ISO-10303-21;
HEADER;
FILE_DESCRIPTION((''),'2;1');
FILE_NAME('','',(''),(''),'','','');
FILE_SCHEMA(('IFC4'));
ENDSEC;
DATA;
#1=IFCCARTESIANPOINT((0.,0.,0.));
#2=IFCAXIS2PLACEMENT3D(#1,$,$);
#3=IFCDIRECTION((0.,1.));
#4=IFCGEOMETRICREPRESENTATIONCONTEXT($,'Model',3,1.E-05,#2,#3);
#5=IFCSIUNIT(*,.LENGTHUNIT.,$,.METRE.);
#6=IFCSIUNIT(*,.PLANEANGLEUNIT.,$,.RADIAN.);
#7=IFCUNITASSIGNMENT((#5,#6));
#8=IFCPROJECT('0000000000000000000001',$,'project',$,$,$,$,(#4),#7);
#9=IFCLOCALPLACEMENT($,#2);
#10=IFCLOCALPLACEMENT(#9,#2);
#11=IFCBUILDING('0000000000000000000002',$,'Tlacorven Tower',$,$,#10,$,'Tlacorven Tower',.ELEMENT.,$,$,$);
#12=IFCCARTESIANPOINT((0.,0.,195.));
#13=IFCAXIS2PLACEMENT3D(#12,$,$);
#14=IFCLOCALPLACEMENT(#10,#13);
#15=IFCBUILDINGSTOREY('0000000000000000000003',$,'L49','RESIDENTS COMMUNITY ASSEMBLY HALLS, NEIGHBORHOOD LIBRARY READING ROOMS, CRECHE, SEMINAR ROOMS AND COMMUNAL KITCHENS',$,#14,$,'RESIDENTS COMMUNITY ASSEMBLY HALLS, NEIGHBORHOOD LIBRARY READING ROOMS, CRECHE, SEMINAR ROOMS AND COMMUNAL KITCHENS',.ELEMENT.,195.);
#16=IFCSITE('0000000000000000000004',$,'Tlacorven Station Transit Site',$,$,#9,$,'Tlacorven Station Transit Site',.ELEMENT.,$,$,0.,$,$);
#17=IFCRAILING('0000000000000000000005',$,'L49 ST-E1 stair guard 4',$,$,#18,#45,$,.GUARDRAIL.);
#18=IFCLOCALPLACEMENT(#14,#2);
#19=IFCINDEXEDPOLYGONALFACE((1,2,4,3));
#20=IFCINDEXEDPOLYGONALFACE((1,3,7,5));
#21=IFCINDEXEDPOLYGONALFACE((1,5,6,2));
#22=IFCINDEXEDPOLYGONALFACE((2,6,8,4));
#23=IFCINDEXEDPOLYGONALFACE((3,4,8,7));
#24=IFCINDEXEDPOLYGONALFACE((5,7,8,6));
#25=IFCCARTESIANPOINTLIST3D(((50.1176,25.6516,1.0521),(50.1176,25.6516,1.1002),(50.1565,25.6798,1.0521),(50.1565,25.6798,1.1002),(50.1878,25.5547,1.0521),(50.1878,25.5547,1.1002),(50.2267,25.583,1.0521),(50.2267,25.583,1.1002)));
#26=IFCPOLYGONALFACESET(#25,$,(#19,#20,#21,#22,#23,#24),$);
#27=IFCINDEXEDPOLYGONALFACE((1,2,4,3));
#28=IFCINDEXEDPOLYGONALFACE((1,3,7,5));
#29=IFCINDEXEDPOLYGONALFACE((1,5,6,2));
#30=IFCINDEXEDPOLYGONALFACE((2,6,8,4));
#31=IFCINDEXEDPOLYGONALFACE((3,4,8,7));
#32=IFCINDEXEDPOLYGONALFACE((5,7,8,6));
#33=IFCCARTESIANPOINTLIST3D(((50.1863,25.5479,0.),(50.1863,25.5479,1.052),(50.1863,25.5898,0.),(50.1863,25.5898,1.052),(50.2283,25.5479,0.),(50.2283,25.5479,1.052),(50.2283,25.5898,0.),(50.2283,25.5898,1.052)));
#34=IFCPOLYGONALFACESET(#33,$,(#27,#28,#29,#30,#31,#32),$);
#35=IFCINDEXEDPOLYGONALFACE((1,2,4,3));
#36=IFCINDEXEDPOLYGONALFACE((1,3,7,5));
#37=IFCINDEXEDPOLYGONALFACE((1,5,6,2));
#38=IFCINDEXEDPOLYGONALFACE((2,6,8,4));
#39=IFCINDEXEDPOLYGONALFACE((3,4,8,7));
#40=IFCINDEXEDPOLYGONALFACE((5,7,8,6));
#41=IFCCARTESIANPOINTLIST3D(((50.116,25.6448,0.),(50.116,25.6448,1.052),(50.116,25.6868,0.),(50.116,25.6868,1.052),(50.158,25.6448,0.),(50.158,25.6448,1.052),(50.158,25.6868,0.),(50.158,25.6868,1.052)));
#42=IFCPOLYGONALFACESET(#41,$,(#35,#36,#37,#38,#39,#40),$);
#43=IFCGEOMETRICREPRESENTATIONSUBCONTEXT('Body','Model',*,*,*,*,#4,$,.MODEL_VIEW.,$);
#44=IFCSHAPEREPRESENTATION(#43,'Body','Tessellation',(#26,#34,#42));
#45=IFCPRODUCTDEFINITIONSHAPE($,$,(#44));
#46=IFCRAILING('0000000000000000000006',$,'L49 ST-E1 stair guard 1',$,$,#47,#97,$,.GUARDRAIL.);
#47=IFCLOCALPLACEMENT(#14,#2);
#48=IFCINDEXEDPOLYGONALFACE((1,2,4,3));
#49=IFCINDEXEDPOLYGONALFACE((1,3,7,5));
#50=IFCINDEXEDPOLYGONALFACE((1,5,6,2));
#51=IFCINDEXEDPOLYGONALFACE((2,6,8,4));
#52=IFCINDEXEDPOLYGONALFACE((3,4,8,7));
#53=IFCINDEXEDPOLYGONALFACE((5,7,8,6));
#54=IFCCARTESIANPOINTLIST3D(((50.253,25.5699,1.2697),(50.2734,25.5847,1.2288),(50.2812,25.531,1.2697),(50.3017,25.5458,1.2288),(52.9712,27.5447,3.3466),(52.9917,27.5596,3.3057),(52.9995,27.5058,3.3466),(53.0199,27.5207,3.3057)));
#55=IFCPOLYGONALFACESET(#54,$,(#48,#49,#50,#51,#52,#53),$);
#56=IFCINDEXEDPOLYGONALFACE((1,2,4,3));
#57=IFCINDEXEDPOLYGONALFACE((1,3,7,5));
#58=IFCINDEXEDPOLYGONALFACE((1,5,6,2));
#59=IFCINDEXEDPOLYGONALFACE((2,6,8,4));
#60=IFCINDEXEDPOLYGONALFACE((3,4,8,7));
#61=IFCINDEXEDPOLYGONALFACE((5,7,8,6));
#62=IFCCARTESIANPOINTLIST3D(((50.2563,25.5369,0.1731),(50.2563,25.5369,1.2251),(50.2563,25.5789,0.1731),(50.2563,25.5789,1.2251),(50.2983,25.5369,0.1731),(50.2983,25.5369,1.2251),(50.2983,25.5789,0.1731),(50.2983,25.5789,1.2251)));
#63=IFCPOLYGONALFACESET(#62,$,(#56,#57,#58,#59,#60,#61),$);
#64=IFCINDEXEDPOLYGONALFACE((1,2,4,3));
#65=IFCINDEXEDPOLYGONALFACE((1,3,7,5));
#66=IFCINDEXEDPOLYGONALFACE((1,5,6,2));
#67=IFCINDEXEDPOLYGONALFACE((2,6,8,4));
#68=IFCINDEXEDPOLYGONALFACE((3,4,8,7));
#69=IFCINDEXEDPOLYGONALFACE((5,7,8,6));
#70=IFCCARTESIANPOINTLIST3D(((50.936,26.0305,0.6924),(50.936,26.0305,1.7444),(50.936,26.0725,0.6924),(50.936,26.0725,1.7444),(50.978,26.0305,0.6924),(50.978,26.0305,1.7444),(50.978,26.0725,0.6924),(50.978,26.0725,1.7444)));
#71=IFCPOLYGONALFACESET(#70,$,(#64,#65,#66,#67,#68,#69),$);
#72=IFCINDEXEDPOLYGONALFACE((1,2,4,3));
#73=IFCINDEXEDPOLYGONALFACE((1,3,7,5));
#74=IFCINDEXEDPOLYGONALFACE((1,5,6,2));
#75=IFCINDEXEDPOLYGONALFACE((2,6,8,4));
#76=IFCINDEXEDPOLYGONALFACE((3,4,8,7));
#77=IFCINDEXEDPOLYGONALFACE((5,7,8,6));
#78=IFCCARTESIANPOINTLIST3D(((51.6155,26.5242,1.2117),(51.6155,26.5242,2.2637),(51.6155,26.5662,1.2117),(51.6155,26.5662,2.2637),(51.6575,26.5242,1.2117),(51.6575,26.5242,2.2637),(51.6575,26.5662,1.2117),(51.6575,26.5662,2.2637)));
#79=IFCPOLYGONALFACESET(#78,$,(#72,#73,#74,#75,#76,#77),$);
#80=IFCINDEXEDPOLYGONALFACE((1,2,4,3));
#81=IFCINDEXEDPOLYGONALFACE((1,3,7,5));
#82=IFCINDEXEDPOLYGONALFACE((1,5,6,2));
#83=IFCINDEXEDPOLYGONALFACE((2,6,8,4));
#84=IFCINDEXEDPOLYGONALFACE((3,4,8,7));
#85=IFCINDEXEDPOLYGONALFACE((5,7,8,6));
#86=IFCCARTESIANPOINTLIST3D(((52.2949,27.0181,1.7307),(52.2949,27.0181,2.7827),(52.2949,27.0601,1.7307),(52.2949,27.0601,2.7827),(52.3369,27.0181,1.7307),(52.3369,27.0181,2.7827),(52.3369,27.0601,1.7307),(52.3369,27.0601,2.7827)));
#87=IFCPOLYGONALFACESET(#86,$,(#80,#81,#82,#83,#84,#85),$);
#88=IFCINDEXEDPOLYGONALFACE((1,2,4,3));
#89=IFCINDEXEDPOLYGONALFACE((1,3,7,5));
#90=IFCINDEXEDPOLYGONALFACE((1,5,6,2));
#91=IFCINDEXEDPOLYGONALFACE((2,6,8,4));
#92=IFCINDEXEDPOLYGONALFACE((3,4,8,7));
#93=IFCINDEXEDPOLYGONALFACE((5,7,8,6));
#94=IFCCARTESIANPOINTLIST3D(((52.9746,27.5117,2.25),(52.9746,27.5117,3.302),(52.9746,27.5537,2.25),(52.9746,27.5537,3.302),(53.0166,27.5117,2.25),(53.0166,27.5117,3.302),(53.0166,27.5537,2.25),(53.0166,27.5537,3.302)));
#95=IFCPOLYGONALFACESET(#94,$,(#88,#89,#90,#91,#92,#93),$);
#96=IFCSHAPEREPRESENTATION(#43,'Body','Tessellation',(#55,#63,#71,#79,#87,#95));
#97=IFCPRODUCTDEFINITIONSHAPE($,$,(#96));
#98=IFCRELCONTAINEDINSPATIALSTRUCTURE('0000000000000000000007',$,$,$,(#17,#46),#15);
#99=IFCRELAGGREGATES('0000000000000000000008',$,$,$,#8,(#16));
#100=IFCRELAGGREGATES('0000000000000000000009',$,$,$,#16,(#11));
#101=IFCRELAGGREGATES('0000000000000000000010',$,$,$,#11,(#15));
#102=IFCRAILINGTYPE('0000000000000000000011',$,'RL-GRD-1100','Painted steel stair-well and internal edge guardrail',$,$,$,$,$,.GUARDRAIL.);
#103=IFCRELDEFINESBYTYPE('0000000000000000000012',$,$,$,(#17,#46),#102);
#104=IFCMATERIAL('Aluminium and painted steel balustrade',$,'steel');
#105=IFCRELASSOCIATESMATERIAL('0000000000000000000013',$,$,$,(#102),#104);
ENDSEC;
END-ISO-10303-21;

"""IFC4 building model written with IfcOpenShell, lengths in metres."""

from ifc_helpers import new_model, si_unit, direction, frame, origin, origin_2d, place, context, subcontext, project, spatial, rectangle, extrude, source, transform, mapped, material, type_object, element, save


model = new_model("IFC4")

# Units and contexts
model_context = context("Model", 3, precision=1e-05, world=origin(), true_north=direction((0.0, 1.0)))
body_context = subcontext(model_context, "Body", "Model", "MODEL_VIEW")
ifc_project = project(units=[si_unit("LENGTHUNIT", "METRE"), si_unit("PLANEANGLEUNIT", "RADIAN")], contexts=[model_context])

# Site, building, storey
site_placement = place(None, origin())
site = spatial("IfcSite", under=ifc_project, at=site_placement, Name="Tlacorven Station Transit Site", LongName="Tlacorven Station Transit Site", CompositionType="ELEMENT", RefElevation=0.0)
building_placement = place(site_placement, origin())
building = spatial("IfcBuilding", under=site, at=building_placement, Name="Tlacorven Tower", LongName="Tlacorven Tower", CompositionType="ELEMENT")
storey_placement = place(building_placement, frame((0.0, 0.0, 195.0)))
storey = spatial("IfcBuildingStorey", under=building, at=storey_placement, Name="L49", Description="RESIDENTS COMMUNITY ASSEMBLY HALLS, NEIGHBORHOOD LIBRARY READING ROOMS, CRECHE, SEMINAR ROOMS AND COMMUNAL KITCHENS", LongName="RESIDENTS COMMUNITY ASSEMBLY HALLS, NEIGHBORHOOD LIBRARY READING ROOMS, CRECHE, SEMINAR ROOMS AND COMMUNAL KITCHENS", CompositionType="ELEMENT", Elevation=195.0)

# Railings
ifc_material_1 = material(Name="Aluminium and painted steel balustrade", Category="steel")
railing_type_1 = type_object("IfcRailingType", Name="RL-GRD-1100", Description="Painted steel stair-well and internal edge guardrail", PredefinedType="GUARDRAIL", material=ifc_material_1)
shared_shape_1 = source(origin(), body_context, "Body", "SweptSolid", [
    extrude(rectangle(XDim=0.0481, YDim=0.0481, at=origin_2d()), frame((0.0, 0.0, 1.0762), z_axis=(-0.587201, 0.809441, 0.0), x_axis=(-0.809441, -0.587201, 0.0)), (0.0, 0.0, 1.0), 0.1196),
    extrude(rectangle(XDim=0.042, YDim=0.042, at=origin_2d()), origin(), (0.0, 0.0, 1.0), 1.052),
    extrude(rectangle(XDim=0.042, YDim=0.042, at=origin_2d()), frame((-0.0703, 0.0969, 0.0)), (0.0, 0.0, 1.0), 1.052),
])
railing_1_placement = place(storey_placement, frame((50.2073, 25.5688, 0.0)))
element("IfcRailing", 1, at=railing_1_placement, inside=storey, type_object=railing_type_1, Name="L49 ST-E1 stair guard 4", PredefinedType="GUARDRAIL", context=body_context, shape_type="MappedRepresentation", body=[
    mapped(shared_shape_1, transform((0.0, 0.0, 0.0), scale=1.0)),
])
shared_shape_2 = source(origin(), body_context, "Body", "SweptSolid", [
    extrude(rectangle(XDim=0.0481, YDim=0.0481, at=origin_2d()), frame((0.0, 0.0, 1.0762), z_axis=(0.688167, 0.499963, 0.525798), x_axis=(-0.58777, 0.809028, 0.0)), (0.0, 0.0, 1.0), 3.95),
    extrude(rectangle(XDim=0.042, YDim=0.042, at=origin_2d()), origin(), (0.0, 0.0, 1.0), 1.052),
    extrude(rectangle(XDim=0.042, YDim=0.042, at=origin_2d()), frame((0.6797, 0.4937, 0.5193)), (0.0, 0.0, 1.0), 1.052),
    extrude(rectangle(XDim=0.042, YDim=0.042, at=origin_2d()), frame((1.3591, 0.9873, 1.0386)), (0.0, 0.0, 1.0), 1.052),
    extrude(rectangle(XDim=0.042, YDim=0.042, at=origin_2d()), frame((2.0386, 1.4812, 1.5576)), (0.0, 0.0, 1.0), 1.052),
    extrude(rectangle(XDim=0.042, YDim=0.042, at=origin_2d()), frame((2.7183, 1.9749, 2.0769)), (0.0, 0.0, 1.0), 1.052),
])
railing_2_placement = place(storey_placement, frame((50.2773, 25.5579, 0.1731)))
element("IfcRailing", 2, at=railing_2_placement, inside=storey, type_object=railing_type_1, Name="L49 ST-E1 stair guard 1", PredefinedType="GUARDRAIL", context=body_context, shape_type="MappedRepresentation", body=[
    mapped(shared_shape_2, transform((0.0, 0.0, 0.0), scale=1.0)),
])

save(model, "model.ifc")
